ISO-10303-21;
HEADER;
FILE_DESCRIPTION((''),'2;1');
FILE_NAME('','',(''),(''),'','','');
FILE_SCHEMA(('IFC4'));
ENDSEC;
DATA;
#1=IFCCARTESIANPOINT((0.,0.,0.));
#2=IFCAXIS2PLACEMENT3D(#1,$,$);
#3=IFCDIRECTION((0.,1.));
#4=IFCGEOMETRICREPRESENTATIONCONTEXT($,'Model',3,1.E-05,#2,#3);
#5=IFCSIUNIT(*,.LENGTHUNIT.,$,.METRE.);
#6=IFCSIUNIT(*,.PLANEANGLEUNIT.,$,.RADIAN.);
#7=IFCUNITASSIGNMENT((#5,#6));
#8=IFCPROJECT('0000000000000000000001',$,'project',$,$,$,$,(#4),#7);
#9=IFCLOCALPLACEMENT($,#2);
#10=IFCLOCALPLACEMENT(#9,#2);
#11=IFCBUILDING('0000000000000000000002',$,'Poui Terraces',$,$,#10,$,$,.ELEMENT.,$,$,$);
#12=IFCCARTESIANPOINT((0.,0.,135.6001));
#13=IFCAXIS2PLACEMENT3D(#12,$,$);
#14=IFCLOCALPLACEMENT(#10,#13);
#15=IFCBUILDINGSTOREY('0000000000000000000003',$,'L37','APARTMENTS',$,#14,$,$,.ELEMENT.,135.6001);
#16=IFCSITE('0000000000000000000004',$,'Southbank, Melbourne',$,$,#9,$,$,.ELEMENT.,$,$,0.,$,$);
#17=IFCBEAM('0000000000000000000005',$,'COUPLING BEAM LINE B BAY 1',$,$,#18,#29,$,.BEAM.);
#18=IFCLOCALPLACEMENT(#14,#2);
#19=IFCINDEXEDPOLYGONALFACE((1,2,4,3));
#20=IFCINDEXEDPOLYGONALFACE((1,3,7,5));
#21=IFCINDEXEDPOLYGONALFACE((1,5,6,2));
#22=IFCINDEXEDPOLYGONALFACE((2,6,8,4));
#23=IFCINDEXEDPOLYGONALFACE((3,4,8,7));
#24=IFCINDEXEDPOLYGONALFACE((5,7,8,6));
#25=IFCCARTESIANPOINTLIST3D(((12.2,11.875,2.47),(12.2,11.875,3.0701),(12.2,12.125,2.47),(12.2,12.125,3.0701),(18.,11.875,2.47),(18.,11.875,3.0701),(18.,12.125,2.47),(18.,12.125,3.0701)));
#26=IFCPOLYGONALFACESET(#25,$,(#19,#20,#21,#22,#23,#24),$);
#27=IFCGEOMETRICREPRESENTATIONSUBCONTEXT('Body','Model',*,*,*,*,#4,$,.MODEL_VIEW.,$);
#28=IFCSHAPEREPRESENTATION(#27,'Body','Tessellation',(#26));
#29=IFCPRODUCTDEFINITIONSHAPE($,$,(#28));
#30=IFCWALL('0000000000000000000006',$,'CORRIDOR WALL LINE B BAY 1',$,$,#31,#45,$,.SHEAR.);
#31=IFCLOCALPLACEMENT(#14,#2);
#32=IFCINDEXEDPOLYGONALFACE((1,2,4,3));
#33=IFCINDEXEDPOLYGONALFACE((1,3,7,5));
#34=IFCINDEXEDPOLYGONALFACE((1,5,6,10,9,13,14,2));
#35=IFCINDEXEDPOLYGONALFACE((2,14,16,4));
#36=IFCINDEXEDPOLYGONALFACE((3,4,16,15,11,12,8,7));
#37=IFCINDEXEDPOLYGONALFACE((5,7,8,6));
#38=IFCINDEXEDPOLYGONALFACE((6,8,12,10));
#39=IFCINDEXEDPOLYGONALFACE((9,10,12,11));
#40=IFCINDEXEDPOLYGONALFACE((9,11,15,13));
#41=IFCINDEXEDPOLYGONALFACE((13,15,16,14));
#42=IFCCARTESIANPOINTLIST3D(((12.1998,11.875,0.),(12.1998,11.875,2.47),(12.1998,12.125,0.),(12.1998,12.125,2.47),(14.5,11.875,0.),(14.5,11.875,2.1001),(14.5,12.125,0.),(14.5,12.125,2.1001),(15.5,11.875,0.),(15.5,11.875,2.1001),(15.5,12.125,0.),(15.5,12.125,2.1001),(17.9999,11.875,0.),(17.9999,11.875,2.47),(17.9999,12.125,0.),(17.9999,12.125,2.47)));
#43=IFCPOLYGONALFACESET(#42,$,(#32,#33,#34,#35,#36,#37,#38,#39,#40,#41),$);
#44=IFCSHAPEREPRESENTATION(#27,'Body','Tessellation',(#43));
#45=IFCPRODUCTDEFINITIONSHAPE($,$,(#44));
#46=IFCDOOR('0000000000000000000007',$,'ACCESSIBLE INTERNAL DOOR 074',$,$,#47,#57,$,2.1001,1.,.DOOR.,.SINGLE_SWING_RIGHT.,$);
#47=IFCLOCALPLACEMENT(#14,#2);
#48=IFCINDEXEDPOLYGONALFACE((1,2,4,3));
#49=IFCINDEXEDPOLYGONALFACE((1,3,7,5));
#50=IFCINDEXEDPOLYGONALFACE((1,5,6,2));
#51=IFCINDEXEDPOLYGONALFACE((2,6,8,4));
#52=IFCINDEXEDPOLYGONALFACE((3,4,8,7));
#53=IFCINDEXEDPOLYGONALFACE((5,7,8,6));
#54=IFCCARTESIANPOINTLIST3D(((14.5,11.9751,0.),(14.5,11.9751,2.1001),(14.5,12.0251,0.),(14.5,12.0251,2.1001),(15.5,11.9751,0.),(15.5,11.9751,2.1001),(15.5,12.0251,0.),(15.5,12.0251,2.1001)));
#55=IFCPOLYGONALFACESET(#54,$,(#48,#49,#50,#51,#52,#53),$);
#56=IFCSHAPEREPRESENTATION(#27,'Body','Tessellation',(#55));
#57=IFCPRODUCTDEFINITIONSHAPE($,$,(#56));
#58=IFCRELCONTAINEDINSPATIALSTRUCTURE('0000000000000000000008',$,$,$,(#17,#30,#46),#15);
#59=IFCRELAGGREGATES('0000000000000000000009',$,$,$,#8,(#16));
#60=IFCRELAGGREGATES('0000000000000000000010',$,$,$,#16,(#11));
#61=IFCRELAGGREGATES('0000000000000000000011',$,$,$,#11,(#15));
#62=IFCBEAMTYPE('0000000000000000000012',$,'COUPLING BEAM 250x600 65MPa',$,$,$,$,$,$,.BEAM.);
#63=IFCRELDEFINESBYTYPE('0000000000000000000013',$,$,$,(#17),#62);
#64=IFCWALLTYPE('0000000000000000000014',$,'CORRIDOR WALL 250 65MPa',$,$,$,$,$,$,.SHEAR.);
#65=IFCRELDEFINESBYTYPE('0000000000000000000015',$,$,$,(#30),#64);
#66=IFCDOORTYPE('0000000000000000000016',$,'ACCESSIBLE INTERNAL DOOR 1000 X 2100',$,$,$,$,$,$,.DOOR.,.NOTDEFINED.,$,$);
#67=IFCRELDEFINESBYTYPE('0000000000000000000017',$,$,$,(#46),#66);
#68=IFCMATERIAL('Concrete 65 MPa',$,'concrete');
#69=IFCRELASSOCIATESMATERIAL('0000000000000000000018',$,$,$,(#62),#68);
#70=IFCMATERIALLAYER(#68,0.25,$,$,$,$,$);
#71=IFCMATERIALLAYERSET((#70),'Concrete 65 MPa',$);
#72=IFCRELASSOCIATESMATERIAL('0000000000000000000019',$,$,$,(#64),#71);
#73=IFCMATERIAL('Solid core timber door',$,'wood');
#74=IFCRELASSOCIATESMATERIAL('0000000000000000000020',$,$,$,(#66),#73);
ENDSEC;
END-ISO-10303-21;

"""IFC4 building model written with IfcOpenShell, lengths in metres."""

from ifc_helpers import new_model, si_unit, direction, frame, frame_2d, origin, origin_2d, place, context, subcontext, project, spatial, rectangle, extrude, source, transform, mapped, material, layer, layer_set, material_profile, profile_set, type_object, element, fill, save


model = new_model("IFC4")

# Units and contexts
model_context = context("Model", 3, precision=1e-05, world=origin(), true_north=direction((0.0, 1.0)))
body_context = subcontext(model_context, "Body", "Model", "MODEL_VIEW")
ifc_project = project(units=[si_unit("LENGTHUNIT", "METRE"), si_unit("PLANEANGLEUNIT", "RADIAN")], contexts=[model_context])

# Site, building, storey
site_placement = place(None, origin())
site = spatial("IfcSite", under=ifc_project, at=site_placement, Name="Southbank, Melbourne", CompositionType="ELEMENT", RefElevation=0.0)
building_placement = place(site_placement, origin())
building = spatial("IfcBuilding", under=site, at=building_placement, Name="Poui Terraces", CompositionType="ELEMENT")
storey_placement = place(building_placement, frame((0.0, 0.0, 135.6001)))
storey = spatial("IfcBuildingStorey", under=building, at=storey_placement, Name="L37", Description="APARTMENTS", CompositionType="ELEMENT", Elevation=135.6001)

# Beam
ifc_material_1 = material(Name="Concrete 65 MPa", Category="concrete")
ifc_material_profile = material_profile(ifc_material_1, rectangle(XDim=0.25, YDim=0.6001, at=origin_2d()), Name="RC 250x600")
ifc_profile_set = profile_set([ifc_material_profile], Name="Concrete 65 MPa")
beam_type = type_object("IfcBeamType", Name="COUPLING BEAM 250x600 65MPa", PredefinedType="BEAM", material=ifc_profile_set)
shared_shape = source(origin(), body_context, "Body", "SweptSolid", [
    extrude(rectangle(XDim=0.25, YDim=0.6001, at=origin_2d()), origin(), (0.0, 0.0, 1.0), 5.8),
])
beam_placement = place(storey_placement, frame((12.2, 12.0, 2.77), z_axis=(1.0, 0.0, 0.0), x_axis=(0.0, 1.0, 0.0)))
element("IfcBeam", 1, at=beam_placement, inside=storey, type_object=beam_type, Name="COUPLING BEAM LINE B BAY 1", PredefinedType="BEAM", context=body_context, shape_type="MappedRepresentation", body=[
    mapped(shared_shape, transform((0.0, 0.0, 0.0))),
])

# Wall, opening, door
ifc_layer_1 = layer(ifc_material_1, 0.25)
ifc_layer_set_1 = layer_set([ifc_layer_1], Name="Concrete 65 MPa")
wall_type_1 = type_object("IfcWallType", Name="CORRIDOR WALL 250 65MPa", PredefinedType="SHEAR", material=ifc_layer_set_1)
wall_1_placement = place(storey_placement, frame((12.2, 12.0, 0.0), z_axis=(0.0, 0.0, 1.0), x_axis=(1.0, 0.0, 0.0)))
wall_1 = element("IfcWall", 2, at=wall_1_placement, inside=storey, type_object=wall_type_1, Name="CORRIDOR WALL LINE B BAY 1", PredefinedType="SHEAR", context=body_context, shape_type="SweptSolid", body=[
    extrude(rectangle(XDim=5.8, YDim=0.25, at=frame_2d((2.8999, 0.0))), origin(), (0.0, 0.0, 1.0), 2.47),
])
opening_1_placement = place(wall_1_placement, frame((2.3, 0.0, 0.0)))
opening_1 = element("IfcOpeningElement", 3, at=opening_1_placement, cuts=wall_1, PredefinedType="OPENING", context=body_context, shape_type="SweptSolid", body=[
    extrude(rectangle(XDim=1.0, YDim=2.1001, at=frame_2d((0.5, 1.05))), frame((0.0, 0.135, 0.0), z_axis=(0.0, -1.0, 0.0), x_axis=(1.0, 0.0, 0.0)), (0.0, 0.0, 1.0), 0.27),
])
ifc_material_2 = material(Name="Solid core timber door", Category="wood")
door_type_1 = type_object("IfcDoorType", Name="ACCESSIBLE INTERNAL DOOR 1000 X 2100", OperationType="NOTDEFINED", PredefinedType="DOOR", material=ifc_material_2)
door_1_placement = place(opening_1_placement, frame((1.0, 0.0, 0.0), z_axis=(0.0, 0.0, 1.0), x_axis=(-1.0, 0.0, 0.0)))
door_1 = element("IfcDoor", 4, at=door_1_placement, inside=storey, type_object=door_type_1, Name="ACCESSIBLE INTERNAL DOOR 074", OperationType="SINGLE_SWING_RIGHT", OverallHeight=2.1001, OverallWidth=1.0, PredefinedType="DOOR", context=body_context, shape_type="SweptSolid", body=[
    extrude(rectangle(XDim=1.0, YDim=2.1001, at=frame_2d((0.5, 1.05))), frame((0.0, 0.0249, 0.0), z_axis=(0.0, -1.0, 0.0), x_axis=(1.0, 0.0, 0.0)), (0.0, 0.0, 1.0), 0.05),
])
fill(opening_1, door_1)

save(model, "model.ifc")
